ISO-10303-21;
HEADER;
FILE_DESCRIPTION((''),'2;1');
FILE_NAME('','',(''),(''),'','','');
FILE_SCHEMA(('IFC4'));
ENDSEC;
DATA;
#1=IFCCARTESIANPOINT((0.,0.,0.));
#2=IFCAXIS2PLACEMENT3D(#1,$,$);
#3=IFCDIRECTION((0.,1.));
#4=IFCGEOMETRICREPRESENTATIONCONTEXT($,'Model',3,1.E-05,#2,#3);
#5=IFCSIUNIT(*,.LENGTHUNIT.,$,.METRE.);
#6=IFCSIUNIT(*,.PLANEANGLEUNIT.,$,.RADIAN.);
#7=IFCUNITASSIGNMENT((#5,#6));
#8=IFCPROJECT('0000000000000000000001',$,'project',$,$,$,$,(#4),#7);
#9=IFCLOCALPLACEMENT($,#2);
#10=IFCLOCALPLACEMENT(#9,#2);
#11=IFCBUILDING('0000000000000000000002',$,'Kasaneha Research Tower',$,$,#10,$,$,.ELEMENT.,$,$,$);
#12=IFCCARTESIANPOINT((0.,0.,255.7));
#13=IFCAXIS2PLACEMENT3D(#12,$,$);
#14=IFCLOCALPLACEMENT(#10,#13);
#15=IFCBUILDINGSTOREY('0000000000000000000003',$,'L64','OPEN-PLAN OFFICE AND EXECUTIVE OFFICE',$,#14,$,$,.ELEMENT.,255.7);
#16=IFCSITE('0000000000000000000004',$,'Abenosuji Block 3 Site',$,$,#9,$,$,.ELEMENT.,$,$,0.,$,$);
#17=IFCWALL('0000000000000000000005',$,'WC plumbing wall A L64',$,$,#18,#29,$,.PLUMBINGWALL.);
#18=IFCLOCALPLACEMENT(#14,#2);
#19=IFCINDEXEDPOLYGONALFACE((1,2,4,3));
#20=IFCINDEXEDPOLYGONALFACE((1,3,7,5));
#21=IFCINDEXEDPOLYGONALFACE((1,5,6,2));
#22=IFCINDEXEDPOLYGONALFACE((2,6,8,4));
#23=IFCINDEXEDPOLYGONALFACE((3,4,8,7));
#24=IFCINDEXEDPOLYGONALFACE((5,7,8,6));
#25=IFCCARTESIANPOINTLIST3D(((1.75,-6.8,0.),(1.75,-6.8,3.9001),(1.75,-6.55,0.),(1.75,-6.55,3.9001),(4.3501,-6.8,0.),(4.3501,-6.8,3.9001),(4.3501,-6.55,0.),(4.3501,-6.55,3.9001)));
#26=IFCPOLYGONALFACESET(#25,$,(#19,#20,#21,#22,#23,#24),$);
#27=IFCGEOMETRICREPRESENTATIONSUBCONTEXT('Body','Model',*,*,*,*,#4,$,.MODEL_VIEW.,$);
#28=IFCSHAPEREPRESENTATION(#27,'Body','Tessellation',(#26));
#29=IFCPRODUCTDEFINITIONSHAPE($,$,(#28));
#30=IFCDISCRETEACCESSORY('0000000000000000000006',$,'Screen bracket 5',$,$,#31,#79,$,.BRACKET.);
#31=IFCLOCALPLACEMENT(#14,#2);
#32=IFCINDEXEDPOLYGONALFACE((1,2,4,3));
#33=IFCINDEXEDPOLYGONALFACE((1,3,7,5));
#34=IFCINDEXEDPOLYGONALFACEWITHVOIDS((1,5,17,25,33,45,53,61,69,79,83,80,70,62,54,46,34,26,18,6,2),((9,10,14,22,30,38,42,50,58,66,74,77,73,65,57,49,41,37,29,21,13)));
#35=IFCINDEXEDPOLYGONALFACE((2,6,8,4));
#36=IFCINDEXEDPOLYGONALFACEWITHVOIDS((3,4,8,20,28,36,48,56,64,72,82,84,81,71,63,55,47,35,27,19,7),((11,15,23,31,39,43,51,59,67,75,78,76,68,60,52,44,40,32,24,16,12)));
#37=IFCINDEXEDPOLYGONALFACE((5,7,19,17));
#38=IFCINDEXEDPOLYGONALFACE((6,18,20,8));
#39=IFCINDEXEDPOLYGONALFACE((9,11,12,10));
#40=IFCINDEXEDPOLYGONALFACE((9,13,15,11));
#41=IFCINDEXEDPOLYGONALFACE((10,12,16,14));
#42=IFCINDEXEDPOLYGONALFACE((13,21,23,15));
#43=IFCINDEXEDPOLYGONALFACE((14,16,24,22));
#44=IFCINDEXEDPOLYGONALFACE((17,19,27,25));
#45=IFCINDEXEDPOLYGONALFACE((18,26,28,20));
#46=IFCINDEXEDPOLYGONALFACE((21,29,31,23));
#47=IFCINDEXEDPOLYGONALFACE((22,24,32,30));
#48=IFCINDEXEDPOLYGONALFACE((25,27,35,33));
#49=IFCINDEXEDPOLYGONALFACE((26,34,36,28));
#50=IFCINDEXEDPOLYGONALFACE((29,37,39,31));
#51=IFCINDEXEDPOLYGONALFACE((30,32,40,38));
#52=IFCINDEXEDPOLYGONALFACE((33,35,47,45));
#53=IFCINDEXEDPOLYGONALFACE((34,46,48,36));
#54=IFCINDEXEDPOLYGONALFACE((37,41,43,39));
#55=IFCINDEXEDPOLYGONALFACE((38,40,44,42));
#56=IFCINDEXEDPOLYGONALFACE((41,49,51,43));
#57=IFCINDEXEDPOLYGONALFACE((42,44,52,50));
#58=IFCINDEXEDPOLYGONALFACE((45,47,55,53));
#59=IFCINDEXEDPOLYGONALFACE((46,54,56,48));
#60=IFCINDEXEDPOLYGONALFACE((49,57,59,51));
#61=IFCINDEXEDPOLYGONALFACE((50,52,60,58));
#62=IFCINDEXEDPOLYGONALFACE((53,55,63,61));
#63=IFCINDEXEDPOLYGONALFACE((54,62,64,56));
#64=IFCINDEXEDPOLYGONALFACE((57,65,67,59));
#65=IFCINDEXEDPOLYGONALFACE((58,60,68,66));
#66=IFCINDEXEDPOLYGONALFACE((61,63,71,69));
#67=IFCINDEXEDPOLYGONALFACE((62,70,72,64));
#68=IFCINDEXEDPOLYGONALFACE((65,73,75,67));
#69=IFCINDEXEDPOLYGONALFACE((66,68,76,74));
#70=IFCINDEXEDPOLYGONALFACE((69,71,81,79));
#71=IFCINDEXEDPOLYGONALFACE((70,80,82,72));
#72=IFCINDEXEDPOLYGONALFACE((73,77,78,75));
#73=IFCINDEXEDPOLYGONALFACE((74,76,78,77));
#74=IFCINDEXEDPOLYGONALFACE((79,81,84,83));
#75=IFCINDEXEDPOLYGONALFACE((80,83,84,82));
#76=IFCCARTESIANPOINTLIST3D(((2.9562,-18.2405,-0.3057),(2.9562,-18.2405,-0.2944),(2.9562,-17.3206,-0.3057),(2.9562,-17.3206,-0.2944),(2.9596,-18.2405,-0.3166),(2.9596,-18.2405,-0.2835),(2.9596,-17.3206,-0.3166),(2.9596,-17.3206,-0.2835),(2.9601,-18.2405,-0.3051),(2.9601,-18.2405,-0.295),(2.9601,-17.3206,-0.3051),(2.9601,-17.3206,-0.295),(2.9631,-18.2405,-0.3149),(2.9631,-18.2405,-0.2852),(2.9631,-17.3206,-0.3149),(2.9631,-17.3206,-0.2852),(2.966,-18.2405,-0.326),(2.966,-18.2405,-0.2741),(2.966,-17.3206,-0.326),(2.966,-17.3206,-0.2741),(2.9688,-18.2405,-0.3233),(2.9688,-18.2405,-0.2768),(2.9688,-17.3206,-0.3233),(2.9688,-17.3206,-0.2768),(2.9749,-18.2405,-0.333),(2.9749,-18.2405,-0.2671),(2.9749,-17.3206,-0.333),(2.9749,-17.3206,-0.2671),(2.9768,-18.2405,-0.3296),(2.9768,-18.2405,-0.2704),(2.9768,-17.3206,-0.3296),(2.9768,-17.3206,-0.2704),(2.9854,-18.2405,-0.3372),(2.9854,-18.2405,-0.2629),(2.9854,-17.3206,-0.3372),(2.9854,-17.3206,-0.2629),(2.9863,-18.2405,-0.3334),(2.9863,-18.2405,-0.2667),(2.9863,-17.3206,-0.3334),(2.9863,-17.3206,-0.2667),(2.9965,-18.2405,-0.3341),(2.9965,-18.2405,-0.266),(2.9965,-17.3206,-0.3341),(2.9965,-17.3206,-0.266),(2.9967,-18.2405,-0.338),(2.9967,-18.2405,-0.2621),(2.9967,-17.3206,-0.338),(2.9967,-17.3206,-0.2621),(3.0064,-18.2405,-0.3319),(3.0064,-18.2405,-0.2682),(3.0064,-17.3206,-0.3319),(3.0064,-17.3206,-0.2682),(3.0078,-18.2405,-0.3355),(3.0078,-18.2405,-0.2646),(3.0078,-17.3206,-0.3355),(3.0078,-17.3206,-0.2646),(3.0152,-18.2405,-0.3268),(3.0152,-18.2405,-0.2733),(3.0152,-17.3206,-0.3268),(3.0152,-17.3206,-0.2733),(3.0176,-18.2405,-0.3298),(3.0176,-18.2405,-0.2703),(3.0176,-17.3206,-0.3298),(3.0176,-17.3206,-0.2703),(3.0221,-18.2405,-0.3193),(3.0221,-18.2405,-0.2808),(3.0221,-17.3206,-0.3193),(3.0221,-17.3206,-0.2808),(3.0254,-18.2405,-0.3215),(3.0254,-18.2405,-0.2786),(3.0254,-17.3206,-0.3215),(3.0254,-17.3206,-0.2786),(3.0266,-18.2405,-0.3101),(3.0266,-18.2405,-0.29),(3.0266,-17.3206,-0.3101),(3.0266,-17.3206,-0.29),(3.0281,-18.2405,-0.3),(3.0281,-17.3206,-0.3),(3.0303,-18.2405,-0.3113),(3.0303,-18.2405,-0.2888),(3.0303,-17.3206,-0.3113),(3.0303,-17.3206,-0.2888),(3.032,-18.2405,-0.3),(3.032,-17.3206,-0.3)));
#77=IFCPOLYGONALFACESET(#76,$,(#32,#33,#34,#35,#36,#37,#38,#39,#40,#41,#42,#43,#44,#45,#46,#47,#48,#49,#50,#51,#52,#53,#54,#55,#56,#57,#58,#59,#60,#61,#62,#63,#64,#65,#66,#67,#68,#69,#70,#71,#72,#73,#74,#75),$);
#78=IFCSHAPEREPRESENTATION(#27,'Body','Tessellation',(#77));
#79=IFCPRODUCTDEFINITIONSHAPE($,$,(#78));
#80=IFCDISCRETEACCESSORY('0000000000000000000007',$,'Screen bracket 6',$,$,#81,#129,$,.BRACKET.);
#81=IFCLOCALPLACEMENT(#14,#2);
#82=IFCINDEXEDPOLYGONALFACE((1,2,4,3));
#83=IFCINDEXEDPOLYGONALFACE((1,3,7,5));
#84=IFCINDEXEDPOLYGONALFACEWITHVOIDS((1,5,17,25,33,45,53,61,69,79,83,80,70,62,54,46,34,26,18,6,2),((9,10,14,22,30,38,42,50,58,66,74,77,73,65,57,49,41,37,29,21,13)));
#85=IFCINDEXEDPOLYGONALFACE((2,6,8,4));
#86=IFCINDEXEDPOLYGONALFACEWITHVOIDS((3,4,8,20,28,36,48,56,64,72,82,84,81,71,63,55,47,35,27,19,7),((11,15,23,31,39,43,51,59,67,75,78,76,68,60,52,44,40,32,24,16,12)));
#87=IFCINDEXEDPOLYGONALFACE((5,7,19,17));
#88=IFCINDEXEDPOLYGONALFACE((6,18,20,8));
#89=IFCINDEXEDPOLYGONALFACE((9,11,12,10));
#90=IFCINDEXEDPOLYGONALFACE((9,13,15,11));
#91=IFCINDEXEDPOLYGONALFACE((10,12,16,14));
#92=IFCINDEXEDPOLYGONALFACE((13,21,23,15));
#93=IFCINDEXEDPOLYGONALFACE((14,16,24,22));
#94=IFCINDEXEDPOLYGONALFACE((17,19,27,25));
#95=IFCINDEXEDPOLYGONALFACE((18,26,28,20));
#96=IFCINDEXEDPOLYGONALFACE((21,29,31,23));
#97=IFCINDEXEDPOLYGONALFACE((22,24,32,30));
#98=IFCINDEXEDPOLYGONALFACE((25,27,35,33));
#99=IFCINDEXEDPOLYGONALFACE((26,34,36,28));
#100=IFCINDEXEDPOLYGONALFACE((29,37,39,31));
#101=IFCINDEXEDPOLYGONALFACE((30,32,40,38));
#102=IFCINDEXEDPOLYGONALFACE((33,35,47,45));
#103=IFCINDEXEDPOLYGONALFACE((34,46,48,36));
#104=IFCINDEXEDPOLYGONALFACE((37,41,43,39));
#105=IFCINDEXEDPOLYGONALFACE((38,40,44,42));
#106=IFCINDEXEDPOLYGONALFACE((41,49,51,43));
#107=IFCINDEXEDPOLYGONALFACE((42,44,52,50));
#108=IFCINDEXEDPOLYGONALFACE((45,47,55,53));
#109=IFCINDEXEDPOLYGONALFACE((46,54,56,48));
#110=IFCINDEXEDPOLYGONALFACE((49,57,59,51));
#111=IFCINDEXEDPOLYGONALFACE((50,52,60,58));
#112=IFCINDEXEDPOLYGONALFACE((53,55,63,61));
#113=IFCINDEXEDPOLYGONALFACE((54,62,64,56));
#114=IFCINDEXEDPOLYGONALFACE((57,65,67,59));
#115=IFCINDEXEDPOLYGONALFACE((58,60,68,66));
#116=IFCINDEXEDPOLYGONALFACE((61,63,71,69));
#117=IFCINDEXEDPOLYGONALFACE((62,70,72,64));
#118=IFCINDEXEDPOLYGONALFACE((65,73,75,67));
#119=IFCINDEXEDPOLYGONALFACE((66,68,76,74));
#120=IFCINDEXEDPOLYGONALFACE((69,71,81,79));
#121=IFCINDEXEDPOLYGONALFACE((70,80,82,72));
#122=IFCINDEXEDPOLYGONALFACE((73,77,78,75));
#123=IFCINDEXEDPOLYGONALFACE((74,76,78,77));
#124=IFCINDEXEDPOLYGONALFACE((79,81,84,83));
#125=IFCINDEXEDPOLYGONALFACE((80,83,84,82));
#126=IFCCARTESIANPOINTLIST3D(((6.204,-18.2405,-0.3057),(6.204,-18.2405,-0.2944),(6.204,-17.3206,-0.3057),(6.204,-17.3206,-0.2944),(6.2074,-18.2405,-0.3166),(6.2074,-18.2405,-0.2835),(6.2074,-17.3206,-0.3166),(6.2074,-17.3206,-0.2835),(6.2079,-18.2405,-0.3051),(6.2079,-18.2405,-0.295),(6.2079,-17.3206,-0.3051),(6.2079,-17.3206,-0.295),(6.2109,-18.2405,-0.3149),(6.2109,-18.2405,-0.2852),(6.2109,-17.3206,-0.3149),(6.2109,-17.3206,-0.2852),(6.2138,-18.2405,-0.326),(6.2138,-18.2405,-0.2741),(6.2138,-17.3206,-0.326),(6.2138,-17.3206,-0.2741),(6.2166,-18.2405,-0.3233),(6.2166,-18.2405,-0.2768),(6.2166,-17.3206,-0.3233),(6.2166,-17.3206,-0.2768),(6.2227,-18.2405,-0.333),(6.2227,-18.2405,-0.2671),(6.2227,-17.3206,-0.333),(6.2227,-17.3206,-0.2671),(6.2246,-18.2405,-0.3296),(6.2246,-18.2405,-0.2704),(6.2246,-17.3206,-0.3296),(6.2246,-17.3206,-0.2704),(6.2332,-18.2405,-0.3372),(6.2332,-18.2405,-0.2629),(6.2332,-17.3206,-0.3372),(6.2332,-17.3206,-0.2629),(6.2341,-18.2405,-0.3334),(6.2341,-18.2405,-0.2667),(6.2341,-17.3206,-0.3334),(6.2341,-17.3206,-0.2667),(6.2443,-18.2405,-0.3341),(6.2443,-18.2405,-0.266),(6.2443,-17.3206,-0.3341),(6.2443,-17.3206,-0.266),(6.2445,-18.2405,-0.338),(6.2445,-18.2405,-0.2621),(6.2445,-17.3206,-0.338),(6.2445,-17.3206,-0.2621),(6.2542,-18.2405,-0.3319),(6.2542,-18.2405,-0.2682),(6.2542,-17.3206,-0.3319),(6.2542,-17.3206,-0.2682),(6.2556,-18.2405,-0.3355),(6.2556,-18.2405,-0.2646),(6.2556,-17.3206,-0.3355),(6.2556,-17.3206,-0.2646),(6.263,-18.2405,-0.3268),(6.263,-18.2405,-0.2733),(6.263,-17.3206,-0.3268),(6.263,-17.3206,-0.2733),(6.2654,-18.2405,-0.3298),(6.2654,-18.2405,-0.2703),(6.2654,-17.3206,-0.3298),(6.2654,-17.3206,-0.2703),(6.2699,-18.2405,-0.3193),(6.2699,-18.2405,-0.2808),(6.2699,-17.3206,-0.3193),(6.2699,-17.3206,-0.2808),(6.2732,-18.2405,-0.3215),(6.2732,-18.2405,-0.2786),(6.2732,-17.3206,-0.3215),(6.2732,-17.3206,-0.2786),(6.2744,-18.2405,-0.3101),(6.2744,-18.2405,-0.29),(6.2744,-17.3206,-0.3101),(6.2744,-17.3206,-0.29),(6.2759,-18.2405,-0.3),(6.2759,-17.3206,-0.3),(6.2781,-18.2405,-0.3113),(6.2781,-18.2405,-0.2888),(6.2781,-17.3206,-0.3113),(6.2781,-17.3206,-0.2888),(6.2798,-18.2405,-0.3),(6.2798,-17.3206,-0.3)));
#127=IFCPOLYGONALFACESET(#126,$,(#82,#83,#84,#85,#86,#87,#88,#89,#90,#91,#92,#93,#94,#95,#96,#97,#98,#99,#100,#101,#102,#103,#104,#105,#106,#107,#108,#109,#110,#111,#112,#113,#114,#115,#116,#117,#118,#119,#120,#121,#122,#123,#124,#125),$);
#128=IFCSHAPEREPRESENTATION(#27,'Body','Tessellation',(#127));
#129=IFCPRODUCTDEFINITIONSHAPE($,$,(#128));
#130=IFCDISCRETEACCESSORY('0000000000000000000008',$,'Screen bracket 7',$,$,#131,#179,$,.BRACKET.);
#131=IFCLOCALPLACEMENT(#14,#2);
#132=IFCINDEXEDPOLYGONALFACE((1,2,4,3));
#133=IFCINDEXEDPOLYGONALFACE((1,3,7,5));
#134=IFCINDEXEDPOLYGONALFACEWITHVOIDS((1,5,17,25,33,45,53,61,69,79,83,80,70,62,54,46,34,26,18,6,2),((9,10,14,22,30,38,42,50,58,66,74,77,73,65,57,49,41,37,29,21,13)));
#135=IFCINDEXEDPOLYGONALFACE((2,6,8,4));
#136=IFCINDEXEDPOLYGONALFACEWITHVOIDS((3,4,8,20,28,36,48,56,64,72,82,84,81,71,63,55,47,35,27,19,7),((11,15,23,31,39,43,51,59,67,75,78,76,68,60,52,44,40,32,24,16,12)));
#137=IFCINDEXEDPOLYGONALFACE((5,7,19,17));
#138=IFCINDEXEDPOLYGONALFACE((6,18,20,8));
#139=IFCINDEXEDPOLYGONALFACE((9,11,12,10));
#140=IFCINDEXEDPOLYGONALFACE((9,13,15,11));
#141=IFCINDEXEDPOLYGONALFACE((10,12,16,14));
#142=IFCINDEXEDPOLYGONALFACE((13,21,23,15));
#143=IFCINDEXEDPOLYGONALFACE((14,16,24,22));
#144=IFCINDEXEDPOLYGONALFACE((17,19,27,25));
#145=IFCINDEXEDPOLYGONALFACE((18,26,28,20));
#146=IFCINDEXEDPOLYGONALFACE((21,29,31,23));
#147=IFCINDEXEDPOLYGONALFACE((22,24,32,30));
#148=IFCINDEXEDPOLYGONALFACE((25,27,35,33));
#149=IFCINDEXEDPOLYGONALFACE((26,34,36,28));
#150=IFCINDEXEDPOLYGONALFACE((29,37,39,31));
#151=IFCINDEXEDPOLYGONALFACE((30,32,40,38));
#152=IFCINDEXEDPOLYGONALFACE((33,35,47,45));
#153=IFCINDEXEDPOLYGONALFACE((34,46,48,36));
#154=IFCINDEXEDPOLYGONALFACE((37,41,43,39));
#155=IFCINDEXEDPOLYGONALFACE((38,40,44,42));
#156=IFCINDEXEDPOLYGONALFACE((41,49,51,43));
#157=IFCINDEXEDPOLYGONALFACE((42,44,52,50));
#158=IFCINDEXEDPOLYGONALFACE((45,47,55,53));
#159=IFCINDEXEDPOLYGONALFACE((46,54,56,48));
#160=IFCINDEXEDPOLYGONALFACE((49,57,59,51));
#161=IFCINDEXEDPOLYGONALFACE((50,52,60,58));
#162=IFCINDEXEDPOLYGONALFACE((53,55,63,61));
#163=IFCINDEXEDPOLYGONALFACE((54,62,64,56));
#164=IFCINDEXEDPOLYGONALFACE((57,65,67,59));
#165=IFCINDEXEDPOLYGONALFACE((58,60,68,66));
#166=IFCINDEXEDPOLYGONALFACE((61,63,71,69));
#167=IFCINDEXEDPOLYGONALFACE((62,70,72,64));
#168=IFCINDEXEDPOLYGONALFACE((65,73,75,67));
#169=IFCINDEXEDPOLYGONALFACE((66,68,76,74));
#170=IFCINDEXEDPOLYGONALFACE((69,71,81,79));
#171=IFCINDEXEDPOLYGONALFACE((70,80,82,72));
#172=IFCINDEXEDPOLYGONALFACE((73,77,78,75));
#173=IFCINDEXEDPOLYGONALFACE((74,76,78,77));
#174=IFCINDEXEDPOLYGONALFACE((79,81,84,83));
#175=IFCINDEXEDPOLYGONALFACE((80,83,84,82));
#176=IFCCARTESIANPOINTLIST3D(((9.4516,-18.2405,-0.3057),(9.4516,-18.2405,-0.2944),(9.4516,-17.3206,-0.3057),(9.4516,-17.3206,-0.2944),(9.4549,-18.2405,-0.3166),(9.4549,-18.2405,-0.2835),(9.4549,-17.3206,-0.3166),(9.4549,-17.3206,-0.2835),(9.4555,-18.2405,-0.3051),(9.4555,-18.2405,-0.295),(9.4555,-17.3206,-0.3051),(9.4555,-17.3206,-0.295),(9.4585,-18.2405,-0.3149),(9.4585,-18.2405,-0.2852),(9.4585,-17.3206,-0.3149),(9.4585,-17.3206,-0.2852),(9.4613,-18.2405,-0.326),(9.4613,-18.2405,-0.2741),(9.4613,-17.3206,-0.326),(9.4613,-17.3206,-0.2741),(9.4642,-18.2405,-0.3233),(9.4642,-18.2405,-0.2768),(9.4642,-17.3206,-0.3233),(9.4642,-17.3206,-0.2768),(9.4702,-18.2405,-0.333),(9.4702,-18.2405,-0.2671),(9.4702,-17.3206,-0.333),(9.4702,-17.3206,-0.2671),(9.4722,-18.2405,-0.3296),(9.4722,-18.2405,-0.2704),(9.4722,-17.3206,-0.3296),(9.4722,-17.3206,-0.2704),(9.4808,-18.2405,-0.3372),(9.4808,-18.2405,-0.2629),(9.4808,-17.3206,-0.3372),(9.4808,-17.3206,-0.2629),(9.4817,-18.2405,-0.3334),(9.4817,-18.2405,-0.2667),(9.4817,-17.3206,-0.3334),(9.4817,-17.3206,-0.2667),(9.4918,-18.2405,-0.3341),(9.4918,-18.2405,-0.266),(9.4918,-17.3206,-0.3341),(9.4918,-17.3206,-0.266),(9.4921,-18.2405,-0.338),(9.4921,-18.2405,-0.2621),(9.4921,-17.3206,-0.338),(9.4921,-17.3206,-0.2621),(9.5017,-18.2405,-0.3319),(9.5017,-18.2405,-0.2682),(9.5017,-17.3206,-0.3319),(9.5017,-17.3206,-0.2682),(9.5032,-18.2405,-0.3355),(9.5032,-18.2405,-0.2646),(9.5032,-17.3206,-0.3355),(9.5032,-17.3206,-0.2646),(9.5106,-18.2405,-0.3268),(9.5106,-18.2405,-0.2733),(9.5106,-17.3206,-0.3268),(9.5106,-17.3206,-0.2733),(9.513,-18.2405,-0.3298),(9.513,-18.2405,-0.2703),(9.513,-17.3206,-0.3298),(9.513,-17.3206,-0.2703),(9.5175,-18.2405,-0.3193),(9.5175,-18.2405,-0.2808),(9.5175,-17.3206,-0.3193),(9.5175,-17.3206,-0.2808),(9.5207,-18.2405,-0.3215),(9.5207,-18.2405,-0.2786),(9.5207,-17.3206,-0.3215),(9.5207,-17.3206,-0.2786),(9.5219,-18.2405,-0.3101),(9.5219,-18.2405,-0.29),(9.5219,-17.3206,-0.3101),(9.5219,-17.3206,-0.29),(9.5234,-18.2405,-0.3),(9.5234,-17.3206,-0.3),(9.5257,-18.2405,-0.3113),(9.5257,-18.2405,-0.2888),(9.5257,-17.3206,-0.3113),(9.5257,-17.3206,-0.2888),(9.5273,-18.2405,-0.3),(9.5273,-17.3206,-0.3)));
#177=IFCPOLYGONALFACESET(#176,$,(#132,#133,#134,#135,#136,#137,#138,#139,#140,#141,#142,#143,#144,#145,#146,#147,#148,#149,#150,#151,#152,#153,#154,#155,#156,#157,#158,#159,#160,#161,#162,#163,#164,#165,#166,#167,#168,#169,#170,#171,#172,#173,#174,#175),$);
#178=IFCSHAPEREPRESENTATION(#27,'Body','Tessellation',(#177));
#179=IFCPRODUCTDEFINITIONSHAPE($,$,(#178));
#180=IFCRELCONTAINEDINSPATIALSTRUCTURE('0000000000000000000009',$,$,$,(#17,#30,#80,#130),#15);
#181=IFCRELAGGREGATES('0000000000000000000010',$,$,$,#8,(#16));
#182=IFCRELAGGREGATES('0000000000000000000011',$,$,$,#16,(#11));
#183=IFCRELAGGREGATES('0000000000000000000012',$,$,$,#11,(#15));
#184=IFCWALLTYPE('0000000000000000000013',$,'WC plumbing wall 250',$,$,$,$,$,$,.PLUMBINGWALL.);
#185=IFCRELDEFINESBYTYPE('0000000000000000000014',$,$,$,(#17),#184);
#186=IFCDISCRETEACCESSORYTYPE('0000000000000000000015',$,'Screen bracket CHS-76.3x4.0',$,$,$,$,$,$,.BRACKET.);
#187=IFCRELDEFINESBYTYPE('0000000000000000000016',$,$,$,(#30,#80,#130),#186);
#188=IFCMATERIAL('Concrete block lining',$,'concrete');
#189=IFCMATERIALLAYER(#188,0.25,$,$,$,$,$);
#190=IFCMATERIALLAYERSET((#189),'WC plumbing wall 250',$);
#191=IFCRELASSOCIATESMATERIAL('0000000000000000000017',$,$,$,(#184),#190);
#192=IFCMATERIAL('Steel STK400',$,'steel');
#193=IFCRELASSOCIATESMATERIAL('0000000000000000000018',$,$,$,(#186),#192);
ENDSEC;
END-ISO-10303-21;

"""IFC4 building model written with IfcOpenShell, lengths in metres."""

from ifc_helpers import new_model, si_unit, direction, frame, frame_2d, origin, origin_2d, place, context, subcontext, project, spatial, rectangle, hollow_circle, extrude, material, layer, layer_set, material_profile, profile_set, type_object, element, save


model = new_model("IFC4")

# Units and contexts
model_context = context("Model", 3, precision=1e-05, world=origin(), true_north=direction((0.0, 1.0)))
body_context = subcontext(model_context, "Body", "Model", "MODEL_VIEW")
ifc_project = project(units=[si_unit("LENGTHUNIT", "METRE"), si_unit("PLANEANGLEUNIT", "RADIAN")], contexts=[model_context])

# Site, building, storey
site_placement = place(None, origin())
site = spatial("IfcSite", under=ifc_project, at=site_placement, Name="Abenosuji Block 3 Site", CompositionType="ELEMENT", RefElevation=0.0)
building_placement = place(site_placement, origin())
building = spatial("IfcBuilding", under=site, at=building_placement, Name="Kasaneha Research Tower", CompositionType="ELEMENT")
storey_placement = place(building_placement, frame((0.0, 0.0, 255.7)))
storey = spatial("IfcBuildingStorey", under=building, at=storey_placement, Name="L64", Description="OPEN-PLAN OFFICE AND EXECUTIVE OFFICE", CompositionType="ELEMENT", Elevation=255.7)

# Wall
ifc_material_1 = material(Name="Concrete block lining", Category="concrete")
ifc_layer_1 = layer(ifc_material_1, 0.25)
ifc_layer_set_1 = layer_set([ifc_layer_1], Name="WC plumbing wall 250")
wall_type_1 = type_object("IfcWallType", Name="WC plumbing wall 250", PredefinedType="PLUMBINGWALL", material=ifc_layer_set_1)
wall_1_placement = place(storey_placement, frame((1.75, -6.675, 0.0), z_axis=(0.0, 0.0, 1.0), x_axis=(1.0, 0.0, 0.0)))
element("IfcWall", 1, at=wall_1_placement, inside=storey, type_object=wall_type_1, Name="WC plumbing wall A L64", PredefinedType="PLUMBINGWALL", context=body_context, shape_type="SweptSolid", body=[
    extrude(rectangle(XDim=2.6001, YDim=0.25, at=frame_2d((1.3, 0.0))), origin(), (0.0, 0.0, 1.0), 3.9001),
])

# Discrete accessories
ifc_material_2 = material(Name="Steel STK400", Category="steel")
ifc_material_profile_1 = material_profile(ifc_material_2, hollow_circle(Radius=0.0381, WallThickness=0.0039, at=origin_2d()), Name="CHS-76.3x4.0")
ifc_profile_set_1 = profile_set([ifc_material_profile_1], Name="Steel STK400")
discrete_accessory_type = type_object("IfcDiscreteAccessoryType", Name="Screen bracket CHS-76.3x4.0", PredefinedType="BRACKET", material=ifc_profile_set_1)
for number, where, z_axis, x_axis, name in (
    (2, (2.9939, -17.3206, -0.3), (0.0, -1.0, 0.0), (1.0, 0.0, 0.0), "Screen bracket 5"),
    (3, (6.2417, -17.3206, -0.3), (0.0, -1.0, 0.0), (1.0, 0.0, 0.0), "Screen bracket 6"),
    (4, (9.4893, -17.3206, -0.3), (0.0, -1.0, 0.0), (1.0, 0.0, 0.0), "Screen bracket 7"),
):
    element("IfcDiscreteAccessory", number, at=place(storey_placement, frame(where, z_axis=z_axis, x_axis=x_axis)), inside=storey, type_object=discrete_accessory_type, Name=name, PredefinedType="BRACKET", context=body_context, shape_type="SweptSolid", body=[
        extrude(hollow_circle(Radius=0.0381, WallThickness=0.0039, at=origin_2d()), origin(), (0.0, 0.0, 1.0), 0.9199),
    ])

save(model, "model.ifc")
